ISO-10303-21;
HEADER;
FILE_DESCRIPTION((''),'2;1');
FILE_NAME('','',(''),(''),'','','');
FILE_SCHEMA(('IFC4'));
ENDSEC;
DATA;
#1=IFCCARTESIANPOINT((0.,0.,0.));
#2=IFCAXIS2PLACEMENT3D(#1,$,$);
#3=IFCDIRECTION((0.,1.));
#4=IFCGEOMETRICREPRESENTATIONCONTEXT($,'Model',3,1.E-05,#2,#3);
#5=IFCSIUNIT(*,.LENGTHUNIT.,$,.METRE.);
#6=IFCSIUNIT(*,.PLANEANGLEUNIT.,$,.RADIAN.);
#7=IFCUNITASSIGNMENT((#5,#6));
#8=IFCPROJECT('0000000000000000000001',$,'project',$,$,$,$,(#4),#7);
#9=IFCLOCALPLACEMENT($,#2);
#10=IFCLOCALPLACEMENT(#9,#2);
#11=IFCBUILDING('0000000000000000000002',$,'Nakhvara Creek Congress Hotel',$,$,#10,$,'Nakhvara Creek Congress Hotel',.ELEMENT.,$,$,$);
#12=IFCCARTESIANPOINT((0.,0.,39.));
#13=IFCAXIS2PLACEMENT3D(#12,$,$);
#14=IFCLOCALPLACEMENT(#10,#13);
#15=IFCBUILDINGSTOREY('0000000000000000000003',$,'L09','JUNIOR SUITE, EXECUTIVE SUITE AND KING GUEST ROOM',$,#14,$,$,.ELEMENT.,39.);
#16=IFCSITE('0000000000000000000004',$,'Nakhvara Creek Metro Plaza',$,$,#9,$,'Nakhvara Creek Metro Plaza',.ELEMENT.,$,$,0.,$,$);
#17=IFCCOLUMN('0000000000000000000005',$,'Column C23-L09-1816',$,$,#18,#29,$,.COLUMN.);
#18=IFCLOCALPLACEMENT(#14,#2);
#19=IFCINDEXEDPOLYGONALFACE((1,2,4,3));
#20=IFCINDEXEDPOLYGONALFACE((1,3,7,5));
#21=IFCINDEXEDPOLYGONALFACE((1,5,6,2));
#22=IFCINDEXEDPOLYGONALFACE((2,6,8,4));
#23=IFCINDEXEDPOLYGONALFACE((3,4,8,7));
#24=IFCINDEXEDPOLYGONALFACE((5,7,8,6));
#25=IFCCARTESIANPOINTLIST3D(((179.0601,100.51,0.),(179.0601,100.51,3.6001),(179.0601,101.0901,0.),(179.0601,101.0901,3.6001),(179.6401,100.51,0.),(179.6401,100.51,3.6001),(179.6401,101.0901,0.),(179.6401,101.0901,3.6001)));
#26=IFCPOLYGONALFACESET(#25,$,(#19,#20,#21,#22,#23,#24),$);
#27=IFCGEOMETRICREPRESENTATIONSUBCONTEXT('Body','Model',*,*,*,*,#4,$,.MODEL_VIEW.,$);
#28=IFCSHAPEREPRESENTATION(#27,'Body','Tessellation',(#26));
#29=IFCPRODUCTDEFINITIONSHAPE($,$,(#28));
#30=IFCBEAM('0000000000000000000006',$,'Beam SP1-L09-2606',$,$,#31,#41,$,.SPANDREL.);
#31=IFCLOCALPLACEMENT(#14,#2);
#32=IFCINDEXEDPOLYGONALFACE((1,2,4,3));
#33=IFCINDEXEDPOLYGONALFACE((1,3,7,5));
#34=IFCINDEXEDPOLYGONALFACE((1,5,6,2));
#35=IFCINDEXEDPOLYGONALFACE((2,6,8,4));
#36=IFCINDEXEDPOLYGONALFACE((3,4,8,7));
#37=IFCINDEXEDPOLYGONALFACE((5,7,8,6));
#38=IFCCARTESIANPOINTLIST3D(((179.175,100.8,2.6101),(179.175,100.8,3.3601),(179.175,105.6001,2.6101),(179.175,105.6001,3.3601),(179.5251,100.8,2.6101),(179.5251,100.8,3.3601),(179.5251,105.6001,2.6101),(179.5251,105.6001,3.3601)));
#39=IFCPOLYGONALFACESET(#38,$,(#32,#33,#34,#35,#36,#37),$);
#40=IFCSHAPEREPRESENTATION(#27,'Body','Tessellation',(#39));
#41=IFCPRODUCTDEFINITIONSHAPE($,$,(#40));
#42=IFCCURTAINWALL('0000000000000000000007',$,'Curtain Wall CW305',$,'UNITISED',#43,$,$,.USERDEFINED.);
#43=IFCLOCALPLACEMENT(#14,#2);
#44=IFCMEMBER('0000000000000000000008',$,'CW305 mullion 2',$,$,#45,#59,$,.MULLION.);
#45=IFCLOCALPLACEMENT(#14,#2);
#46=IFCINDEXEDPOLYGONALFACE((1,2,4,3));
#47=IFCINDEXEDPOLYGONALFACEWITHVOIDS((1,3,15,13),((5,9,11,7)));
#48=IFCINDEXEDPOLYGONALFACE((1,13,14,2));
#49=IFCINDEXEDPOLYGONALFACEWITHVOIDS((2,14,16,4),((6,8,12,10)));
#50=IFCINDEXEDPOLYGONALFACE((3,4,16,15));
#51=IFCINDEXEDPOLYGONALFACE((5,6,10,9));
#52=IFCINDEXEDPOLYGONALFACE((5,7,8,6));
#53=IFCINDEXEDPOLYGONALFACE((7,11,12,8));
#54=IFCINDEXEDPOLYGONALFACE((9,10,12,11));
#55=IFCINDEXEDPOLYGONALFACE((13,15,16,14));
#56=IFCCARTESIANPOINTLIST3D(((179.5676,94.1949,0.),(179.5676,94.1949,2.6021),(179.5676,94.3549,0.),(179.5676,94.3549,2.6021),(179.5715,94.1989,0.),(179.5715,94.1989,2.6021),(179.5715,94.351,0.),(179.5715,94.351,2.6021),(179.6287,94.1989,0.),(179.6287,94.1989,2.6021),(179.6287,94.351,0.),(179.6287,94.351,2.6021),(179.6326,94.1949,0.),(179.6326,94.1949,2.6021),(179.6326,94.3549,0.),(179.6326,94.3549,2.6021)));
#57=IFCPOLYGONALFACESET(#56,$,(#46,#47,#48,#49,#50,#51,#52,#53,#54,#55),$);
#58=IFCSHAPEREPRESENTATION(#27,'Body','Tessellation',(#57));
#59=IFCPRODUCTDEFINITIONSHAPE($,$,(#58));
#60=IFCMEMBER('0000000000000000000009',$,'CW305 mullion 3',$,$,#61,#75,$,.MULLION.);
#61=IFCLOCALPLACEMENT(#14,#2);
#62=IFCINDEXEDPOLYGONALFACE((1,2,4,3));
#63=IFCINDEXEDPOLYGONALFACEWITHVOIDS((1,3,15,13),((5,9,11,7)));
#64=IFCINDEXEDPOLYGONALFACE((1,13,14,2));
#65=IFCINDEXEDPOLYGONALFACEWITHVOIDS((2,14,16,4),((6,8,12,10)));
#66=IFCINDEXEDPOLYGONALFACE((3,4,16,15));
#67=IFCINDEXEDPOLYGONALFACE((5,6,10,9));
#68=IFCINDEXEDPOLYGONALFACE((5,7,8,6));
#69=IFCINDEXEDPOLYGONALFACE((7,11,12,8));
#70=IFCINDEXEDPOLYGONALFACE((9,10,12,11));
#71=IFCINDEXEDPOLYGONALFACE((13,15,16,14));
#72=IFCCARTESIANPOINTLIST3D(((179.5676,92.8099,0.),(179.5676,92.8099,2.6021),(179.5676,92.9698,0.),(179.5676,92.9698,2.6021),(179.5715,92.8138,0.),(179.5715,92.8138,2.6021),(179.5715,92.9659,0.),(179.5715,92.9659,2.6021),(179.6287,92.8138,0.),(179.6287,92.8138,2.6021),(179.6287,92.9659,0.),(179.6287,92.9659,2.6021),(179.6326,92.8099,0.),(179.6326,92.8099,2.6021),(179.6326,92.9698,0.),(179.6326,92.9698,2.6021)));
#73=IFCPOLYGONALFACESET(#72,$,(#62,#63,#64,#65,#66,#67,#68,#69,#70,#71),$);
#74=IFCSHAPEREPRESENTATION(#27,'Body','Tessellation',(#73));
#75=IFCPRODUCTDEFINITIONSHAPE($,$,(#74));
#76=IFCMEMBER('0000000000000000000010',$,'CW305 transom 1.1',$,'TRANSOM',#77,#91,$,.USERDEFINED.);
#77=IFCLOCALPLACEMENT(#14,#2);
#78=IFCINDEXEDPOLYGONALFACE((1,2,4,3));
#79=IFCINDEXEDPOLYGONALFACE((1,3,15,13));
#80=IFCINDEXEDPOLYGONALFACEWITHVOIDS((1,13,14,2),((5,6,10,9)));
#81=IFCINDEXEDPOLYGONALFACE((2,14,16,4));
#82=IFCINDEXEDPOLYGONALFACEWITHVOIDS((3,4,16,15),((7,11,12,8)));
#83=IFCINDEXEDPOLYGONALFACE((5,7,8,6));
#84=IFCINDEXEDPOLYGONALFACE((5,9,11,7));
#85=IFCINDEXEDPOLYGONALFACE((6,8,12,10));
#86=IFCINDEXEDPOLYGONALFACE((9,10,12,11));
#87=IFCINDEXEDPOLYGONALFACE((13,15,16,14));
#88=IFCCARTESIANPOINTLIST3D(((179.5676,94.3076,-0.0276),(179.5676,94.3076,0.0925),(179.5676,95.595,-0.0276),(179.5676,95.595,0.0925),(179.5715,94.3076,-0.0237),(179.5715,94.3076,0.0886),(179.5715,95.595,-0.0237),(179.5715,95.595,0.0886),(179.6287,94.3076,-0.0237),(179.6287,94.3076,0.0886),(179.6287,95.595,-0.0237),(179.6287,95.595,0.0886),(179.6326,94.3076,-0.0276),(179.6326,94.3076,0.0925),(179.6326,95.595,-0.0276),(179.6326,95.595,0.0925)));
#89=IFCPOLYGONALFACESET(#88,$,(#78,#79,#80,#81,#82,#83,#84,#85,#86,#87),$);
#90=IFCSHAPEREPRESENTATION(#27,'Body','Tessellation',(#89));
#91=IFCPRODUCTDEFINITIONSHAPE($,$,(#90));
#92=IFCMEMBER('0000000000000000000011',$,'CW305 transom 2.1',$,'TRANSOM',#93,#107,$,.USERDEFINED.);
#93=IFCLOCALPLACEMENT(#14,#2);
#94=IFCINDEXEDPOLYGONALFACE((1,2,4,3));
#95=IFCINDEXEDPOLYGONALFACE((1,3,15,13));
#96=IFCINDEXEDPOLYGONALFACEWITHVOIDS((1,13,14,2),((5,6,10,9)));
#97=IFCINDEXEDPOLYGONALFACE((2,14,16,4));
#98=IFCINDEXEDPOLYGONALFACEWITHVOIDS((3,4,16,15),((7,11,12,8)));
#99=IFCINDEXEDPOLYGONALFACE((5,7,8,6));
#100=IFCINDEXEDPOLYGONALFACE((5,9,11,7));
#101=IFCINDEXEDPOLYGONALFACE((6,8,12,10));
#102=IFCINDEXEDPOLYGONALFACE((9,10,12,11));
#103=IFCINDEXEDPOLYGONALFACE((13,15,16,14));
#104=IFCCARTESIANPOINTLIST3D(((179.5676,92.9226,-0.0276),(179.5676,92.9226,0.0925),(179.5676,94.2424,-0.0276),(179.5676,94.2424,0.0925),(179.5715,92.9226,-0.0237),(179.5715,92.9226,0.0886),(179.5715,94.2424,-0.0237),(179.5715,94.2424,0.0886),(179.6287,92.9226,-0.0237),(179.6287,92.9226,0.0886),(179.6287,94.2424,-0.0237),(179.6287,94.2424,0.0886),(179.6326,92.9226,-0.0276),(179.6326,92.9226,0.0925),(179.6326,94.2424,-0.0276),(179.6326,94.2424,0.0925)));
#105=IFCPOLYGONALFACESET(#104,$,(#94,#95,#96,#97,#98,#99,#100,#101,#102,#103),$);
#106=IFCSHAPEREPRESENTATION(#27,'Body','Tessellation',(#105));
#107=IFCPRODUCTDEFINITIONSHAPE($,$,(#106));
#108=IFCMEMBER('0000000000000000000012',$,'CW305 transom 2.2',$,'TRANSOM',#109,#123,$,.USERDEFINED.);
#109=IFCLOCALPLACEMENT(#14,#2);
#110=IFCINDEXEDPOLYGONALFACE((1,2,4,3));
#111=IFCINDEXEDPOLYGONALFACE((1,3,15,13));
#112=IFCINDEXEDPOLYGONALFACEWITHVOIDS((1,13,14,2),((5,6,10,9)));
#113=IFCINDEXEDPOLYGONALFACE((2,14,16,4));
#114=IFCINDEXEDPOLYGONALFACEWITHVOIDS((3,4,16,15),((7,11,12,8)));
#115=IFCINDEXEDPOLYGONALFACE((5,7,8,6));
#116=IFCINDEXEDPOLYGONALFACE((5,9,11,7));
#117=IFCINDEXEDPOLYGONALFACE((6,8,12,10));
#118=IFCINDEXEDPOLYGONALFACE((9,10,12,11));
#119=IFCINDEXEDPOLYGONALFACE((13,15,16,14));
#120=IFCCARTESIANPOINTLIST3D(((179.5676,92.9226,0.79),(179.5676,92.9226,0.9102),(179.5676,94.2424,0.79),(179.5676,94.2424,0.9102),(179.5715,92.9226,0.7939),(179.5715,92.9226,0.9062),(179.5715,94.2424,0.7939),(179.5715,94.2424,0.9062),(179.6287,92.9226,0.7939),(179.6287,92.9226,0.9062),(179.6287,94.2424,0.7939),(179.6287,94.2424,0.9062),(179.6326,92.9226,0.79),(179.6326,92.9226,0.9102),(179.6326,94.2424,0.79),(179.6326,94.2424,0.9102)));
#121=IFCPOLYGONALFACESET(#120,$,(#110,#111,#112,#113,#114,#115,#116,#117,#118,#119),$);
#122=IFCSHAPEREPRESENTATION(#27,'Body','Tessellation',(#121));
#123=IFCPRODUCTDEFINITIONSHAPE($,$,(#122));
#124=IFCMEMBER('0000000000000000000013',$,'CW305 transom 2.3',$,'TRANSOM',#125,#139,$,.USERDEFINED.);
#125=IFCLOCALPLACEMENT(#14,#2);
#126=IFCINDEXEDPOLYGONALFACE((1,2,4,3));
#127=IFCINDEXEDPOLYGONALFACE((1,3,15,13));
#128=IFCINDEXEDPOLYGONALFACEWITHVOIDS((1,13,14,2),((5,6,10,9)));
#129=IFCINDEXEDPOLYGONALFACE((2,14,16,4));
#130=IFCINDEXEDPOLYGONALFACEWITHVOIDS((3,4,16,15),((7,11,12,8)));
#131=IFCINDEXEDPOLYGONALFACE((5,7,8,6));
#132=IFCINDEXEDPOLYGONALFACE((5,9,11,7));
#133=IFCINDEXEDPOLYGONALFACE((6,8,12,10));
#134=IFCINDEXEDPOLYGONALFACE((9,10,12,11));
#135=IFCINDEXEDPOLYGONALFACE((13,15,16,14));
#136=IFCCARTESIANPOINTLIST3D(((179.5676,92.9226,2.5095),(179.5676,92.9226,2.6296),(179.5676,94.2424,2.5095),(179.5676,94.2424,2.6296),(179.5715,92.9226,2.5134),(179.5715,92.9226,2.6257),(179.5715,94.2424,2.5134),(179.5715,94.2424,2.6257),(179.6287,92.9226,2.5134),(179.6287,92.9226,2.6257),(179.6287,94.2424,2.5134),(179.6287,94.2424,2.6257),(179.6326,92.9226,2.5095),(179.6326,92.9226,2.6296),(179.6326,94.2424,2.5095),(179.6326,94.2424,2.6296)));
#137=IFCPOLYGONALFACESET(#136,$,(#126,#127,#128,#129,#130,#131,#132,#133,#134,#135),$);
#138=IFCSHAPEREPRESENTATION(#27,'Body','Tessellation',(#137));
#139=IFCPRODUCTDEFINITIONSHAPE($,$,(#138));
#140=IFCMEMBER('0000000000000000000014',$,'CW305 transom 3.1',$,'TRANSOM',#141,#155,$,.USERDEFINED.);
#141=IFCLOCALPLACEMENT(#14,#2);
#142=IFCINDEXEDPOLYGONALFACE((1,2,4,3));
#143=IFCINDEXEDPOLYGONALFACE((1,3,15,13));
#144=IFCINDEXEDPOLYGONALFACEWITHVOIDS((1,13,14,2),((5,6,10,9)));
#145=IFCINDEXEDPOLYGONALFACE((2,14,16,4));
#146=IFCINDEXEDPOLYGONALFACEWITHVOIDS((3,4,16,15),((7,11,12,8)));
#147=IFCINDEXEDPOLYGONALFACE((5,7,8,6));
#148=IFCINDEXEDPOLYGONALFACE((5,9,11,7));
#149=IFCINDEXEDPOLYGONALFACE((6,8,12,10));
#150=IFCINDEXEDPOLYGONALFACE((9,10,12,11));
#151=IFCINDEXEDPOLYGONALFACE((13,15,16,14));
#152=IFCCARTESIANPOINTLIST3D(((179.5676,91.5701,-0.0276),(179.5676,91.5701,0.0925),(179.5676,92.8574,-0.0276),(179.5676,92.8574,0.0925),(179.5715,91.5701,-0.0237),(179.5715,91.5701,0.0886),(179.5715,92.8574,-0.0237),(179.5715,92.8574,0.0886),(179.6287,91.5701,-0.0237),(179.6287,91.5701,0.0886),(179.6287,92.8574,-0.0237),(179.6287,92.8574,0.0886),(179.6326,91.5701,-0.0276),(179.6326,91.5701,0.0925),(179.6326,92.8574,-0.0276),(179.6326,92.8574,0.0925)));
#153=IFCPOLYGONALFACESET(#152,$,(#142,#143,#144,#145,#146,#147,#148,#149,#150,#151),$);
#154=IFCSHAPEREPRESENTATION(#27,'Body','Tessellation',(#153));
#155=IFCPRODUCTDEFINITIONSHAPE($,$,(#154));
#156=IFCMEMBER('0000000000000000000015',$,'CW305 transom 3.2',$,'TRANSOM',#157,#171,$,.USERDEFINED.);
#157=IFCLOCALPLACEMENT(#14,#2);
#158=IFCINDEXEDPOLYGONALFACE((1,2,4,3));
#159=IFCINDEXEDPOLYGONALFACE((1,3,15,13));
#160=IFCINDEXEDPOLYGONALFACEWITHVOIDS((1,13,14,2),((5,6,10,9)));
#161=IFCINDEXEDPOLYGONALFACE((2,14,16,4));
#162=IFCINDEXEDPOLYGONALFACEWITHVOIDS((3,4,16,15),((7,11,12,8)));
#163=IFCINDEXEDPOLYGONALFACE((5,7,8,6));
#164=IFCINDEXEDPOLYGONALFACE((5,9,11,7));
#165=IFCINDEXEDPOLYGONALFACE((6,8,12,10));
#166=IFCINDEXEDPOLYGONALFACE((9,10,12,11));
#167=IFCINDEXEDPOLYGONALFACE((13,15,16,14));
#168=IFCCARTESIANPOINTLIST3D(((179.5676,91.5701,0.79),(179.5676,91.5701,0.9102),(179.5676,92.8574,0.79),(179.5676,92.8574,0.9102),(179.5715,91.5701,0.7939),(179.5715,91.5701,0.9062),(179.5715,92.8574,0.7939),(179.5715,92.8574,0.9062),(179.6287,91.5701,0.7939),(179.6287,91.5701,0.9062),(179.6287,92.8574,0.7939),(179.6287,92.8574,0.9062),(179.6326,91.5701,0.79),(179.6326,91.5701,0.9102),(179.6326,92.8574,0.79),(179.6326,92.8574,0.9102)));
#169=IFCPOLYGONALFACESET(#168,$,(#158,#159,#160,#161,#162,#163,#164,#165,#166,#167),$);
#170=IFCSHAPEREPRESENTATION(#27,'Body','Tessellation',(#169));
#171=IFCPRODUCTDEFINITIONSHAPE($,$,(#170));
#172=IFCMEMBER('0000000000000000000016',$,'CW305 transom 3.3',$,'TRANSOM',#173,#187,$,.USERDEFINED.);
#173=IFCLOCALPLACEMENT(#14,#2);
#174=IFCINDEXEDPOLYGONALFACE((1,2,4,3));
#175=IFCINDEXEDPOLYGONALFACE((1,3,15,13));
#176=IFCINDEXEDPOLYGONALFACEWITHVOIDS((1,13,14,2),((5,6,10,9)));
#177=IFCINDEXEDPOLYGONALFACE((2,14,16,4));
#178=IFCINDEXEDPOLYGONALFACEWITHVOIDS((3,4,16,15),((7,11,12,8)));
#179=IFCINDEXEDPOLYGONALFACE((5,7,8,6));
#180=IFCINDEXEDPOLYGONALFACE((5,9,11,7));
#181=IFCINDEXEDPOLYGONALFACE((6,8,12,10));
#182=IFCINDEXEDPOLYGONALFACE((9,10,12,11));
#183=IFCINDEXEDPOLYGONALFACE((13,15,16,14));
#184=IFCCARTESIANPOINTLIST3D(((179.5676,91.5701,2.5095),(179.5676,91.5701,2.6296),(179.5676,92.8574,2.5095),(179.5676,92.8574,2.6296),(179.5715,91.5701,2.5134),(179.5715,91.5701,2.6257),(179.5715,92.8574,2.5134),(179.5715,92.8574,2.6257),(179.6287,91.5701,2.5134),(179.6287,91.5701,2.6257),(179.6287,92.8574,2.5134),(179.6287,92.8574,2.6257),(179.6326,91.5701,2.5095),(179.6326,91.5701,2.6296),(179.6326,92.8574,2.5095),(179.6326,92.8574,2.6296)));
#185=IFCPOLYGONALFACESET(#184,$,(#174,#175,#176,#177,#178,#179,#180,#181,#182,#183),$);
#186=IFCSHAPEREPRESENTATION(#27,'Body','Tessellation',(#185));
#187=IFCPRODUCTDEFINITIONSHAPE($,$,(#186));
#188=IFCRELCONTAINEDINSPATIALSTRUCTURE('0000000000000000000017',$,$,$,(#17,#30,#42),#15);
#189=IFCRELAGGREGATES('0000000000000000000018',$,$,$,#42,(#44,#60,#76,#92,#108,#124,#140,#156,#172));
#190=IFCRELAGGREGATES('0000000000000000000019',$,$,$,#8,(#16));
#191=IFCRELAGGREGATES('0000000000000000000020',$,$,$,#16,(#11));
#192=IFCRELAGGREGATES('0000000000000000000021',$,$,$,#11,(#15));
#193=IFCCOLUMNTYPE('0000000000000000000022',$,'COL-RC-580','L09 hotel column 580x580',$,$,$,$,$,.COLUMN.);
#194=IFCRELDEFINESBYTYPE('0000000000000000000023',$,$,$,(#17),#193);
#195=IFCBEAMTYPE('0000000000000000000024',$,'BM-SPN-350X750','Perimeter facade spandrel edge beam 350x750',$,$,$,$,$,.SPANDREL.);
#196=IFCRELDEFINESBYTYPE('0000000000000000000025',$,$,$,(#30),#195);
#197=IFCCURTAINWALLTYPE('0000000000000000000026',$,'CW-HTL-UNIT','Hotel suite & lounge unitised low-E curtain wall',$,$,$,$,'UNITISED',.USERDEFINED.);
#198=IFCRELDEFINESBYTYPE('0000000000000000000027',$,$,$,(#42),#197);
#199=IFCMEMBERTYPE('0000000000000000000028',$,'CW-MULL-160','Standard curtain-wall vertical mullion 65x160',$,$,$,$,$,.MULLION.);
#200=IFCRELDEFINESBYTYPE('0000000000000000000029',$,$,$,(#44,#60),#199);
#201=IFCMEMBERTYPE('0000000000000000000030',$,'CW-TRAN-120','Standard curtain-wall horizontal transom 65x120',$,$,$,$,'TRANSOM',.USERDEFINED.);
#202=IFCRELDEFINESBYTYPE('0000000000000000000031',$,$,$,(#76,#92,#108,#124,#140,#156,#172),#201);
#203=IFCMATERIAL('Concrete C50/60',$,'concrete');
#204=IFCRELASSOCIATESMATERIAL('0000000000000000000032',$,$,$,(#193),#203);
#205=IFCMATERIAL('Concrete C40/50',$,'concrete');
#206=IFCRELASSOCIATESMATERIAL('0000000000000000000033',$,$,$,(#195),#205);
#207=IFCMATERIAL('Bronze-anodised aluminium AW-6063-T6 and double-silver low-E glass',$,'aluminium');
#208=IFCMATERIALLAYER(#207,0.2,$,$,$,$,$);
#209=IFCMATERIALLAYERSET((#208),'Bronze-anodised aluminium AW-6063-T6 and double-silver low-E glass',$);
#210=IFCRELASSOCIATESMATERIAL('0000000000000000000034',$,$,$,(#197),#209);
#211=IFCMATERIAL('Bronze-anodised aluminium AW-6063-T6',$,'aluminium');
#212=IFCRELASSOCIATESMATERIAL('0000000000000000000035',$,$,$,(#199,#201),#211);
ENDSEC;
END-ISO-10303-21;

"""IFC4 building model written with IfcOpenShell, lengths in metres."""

from ifc_helpers import new_model, si_unit, direction, frame, origin, origin_2d, place, context, subcontext, project, spatial, rectangle, hollow_rectangle, extrude, material, layer, layer_set, material_profile, profile_set, type_object, element, aggregate, save


model = new_model("IFC4")

# Units and contexts
model_context = context("Model", 3, precision=1e-05, world=origin(), true_north=direction((0.0, 1.0)))
body_context = subcontext(model_context, "Body", "Model", "MODEL_VIEW")
ifc_project = project(units=[si_unit("LENGTHUNIT", "METRE"), si_unit("PLANEANGLEUNIT", "RADIAN")], contexts=[model_context])

# Site, building, storey
site_placement = place(None, origin())
site = spatial("IfcSite", under=ifc_project, at=site_placement, Name="Nakhvara Creek Metro Plaza", LongName="Nakhvara Creek Metro Plaza", CompositionType="ELEMENT", RefElevation=0.0)
building_placement = place(site_placement, origin())
building = spatial("IfcBuilding", under=site, at=building_placement, Name="Nakhvara Creek Congress Hotel", LongName="Nakhvara Creek Congress Hotel", CompositionType="ELEMENT")
storey_placement = place(building_placement, frame((0.0, 0.0, 39.0)))
storey = spatial("IfcBuildingStorey", under=building, at=storey_placement, Name="L09", Description="JUNIOR SUITE, EXECUTIVE SUITE AND KING GUEST ROOM", CompositionType="ELEMENT", Elevation=39.0)

# Column
ifc_material_1 = material(Name="Concrete C50/60", Category="concrete")
ifc_material_profile_1 = material_profile(ifc_material_1, rectangle(XDim=0.5801, YDim=0.5801, at=origin_2d()), Name="RC-COL 580x580", Category="LoadBearing")
ifc_profile_set_1 = profile_set([ifc_material_profile_1], Name="Concrete C50/60")
column_type = type_object("IfcColumnType", Name="COL-RC-580", Description="L09 hotel column 580x580", PredefinedType="COLUMN", material=ifc_profile_set_1)
column_placement = place(storey_placement, frame((179.3501, 100.8, 0.0), z_axis=(0.0, 0.0, 1.0), x_axis=(1.0, 0.0, 0.0)))
element("IfcColumn", 1, at=column_placement, inside=storey, type_object=column_type, Name="Column C23-L09-1816", PredefinedType="COLUMN", context=body_context, shape_type="SweptSolid", body=[
    extrude(rectangle(XDim=0.5801, YDim=0.5801, at=origin_2d()), origin(), (0.0, 0.0, 1.0), 3.6001),
])

# Beam
ifc_material_2 = material(Name="Concrete C40/50", Category="concrete")
ifc_material_profile_2 = material_profile(ifc_material_2, rectangle(XDim=0.3501, YDim=0.75, at=origin_2d()), Name="RC-SPANDREL 350x750", Category="LoadBearing")
ifc_profile_set_2 = profile_set([ifc_material_profile_2], Name="Concrete C40/50")
beam_type = type_object("IfcBeamType", Name="BM-SPN-350X750", Description="Perimeter facade spandrel edge beam 350x750", PredefinedType="SPANDREL", material=ifc_profile_set_2)
beam_placement = place(storey_placement, frame((179.3501, 100.8, 2.9851), z_axis=(0.0, 1.0, 0.0), x_axis=(-1.0, 0.0, 0.0)))
element("IfcBeam", 2, at=beam_placement, inside=storey, type_object=beam_type, Name="Beam SP1-L09-2606", PredefinedType="SPANDREL", context=body_context, shape_type="SweptSolid", body=[
    extrude(rectangle(XDim=0.3501, YDim=0.75, at=origin_2d()), origin(), (0.0, 0.0, 1.0), 4.8),
])

# Curtain wall, members
ifc_material_3 = material(Name="Bronze-anodised aluminium AW-6063-T6 and double-silver low-E glass", Category="aluminium")
ifc_layer_1 = layer(ifc_material_3, 0.2)
ifc_layer_set_1 = layer_set([ifc_layer_1], Name="Bronze-anodised aluminium AW-6063-T6 and double-silver low-E glass")
curtain_wall_type = type_object("IfcCurtainWallType", Name="CW-HTL-UNIT", Description="Hotel suite & lounge unitised low-E curtain wall", ElementType="UNITISED", PredefinedType="USERDEFINED", material=ifc_layer_set_1)
curtain_wall_placement = place(storey_placement, origin())
curtain_wall = element("IfcCurtainWall", 3, at=curtain_wall_placement, inside=storey, type_object=curtain_wall_type, Name="Curtain Wall CW305", ObjectType="UNITISED", PredefinedType="USERDEFINED")
ifc_material_4 = material(Name="Bronze-anodised aluminium AW-6063-T6", Category="aluminium")
ifc_material_profile_3 = material_profile(ifc_material_4, hollow_rectangle(XDim=0.0649, YDim=0.1599, WallThickness=0.0039, at=origin_2d()), Name="ALU-MULL 65x160x4", Category="LoadBearing")
ifc_profile_set_3 = profile_set([ifc_material_profile_3], Name="Bronze-anodised aluminium AW-6063-T6")
member_type_1 = type_object("IfcMemberType", Name="CW-MULL-160", Description="Standard curtain-wall vertical mullion 65x160", PredefinedType="MULLION", material=ifc_profile_set_3)
member_1_placement = place(storey_placement, frame((179.6001, 94.2749, 0.0), z_axis=(0.0, 0.0, 1.0), x_axis=(1.0, 0.0, 0.0)))
member_1 = element("IfcMember", 4, at=member_1_placement, type_object=member_type_1, Name="CW305 mullion 2", PredefinedType="MULLION", context=body_context, shape_type="SweptSolid", body=[
    extrude(hollow_rectangle(XDim=0.0649, YDim=0.1599, WallThickness=0.0039, at=origin_2d()), origin(), (0.0, 0.0, 1.0), 2.6021),
])
member_2_placement = place(storey_placement, frame((179.6001, 92.8899, 0.0), z_axis=(0.0, 0.0, 1.0), x_axis=(1.0, 0.0, 0.0)))
member_2 = element("IfcMember", 5, at=member_2_placement, type_object=member_type_1, Name="CW305 mullion 3", PredefinedType="MULLION", context=body_context, shape_type="SweptSolid", body=[
    extrude(hollow_rectangle(XDim=0.0649, YDim=0.1599, WallThickness=0.0039, at=origin_2d()), origin(), (0.0, 0.0, 1.0), 2.6021),
])
ifc_material_profile_4 = material_profile(ifc_material_4, hollow_rectangle(XDim=0.0649, YDim=0.1201, WallThickness=0.0039, at=origin_2d()), Name="ALU-TRAN 65x120x4", Category="LoadBearing")
ifc_profile_set_4 = profile_set([ifc_material_profile_4], Name="Bronze-anodised aluminium AW-6063-T6")
member_type_2 = type_object("IfcMemberType", Name="CW-TRAN-120", Description="Standard curtain-wall horizontal transom 65x120", ElementType="TRANSOM", PredefinedType="USERDEFINED", material=ifc_profile_set_4)
member_3_placement = place(storey_placement, frame((179.6001, 95.595, 0.0325), z_axis=(0.0, -1.0, 0.0), x_axis=(1.0, 0.0, 0.0)))
member_3 = element("IfcMember", 6, at=member_3_placement, type_object=member_type_2, Name="CW305 transom 1.1", ObjectType="TRANSOM", PredefinedType="USERDEFINED", context=body_context, shape_type="SweptSolid", body=[
    extrude(hollow_rectangle(XDim=0.0649, YDim=0.1201, WallThickness=0.0039, at=origin_2d()), origin(), (0.0, 0.0, 1.0), 1.2874),
])
member_4_placement = place(storey_placement, frame((179.6001, 94.2424, 0.0325), z_axis=(0.0, -1.0, 0.0), x_axis=(1.0, 0.0, 0.0)))
member_4 = element("IfcMember", 7, at=member_4_placement, type_object=member_type_2, Name="CW305 transom 2.1", ObjectType="TRANSOM", PredefinedType="USERDEFINED", context=body_context, shape_type="SweptSolid", body=[
    extrude(hollow_rectangle(XDim=0.0649, YDim=0.1201, WallThickness=0.0039, at=origin_2d()), origin(), (0.0, 0.0, 1.0), 1.3198),
])
member_5_placement = place(storey_placement, frame((179.6001, 94.2424, 0.8501), z_axis=(0.0, -1.0, 0.0), x_axis=(1.0, 0.0, 0.0)))
member_5 = element("IfcMember", 8, at=member_5_placement, type_object=member_type_2, Name="CW305 transom 2.2", ObjectType="TRANSOM", PredefinedType="USERDEFINED", context=body_context, shape_type="SweptSolid", body=[
    extrude(hollow_rectangle(XDim=0.0649, YDim=0.1201, WallThickness=0.0039, at=origin_2d()), origin(), (0.0, 0.0, 1.0), 1.3198),
])
member_6_placement = place(storey_placement, frame((179.6001, 94.2424, 2.5696), z_axis=(0.0, -1.0, 0.0), x_axis=(1.0, 0.0, 0.0)))
member_6 = element("IfcMember", 9, at=member_6_placement, type_object=member_type_2, Name="CW305 transom 2.3", ObjectType="TRANSOM", PredefinedType="USERDEFINED", context=body_context, shape_type="SweptSolid", body=[
    extrude(hollow_rectangle(XDim=0.0649, YDim=0.1201, WallThickness=0.0039, at=origin_2d()), origin(), (0.0, 0.0, 1.0), 1.3198),
])
member_7_placement = place(storey_placement, frame((179.6001, 92.8574, 0.0325), z_axis=(0.0, -1.0, 0.0), x_axis=(1.0, 0.0, 0.0)))
member_7 = element("IfcMember", 10, at=member_7_placement, type_object=member_type_2, Name="CW305 transom 3.1", ObjectType="TRANSOM", PredefinedType="USERDEFINED", context=body_context, shape_type="SweptSolid", body=[
    extrude(hollow_rectangle(XDim=0.0649, YDim=0.1201, WallThickness=0.0039, at=origin_2d()), origin(), (0.0, 0.0, 1.0), 1.2874),
])
member_8_placement = place(storey_placement, frame((179.6001, 92.8574, 0.8501), z_axis=(0.0, -1.0, 0.0), x_axis=(1.0, 0.0, 0.0)))
member_8 = element("IfcMember", 11, at=member_8_placement, type_object=member_type_2, Name="CW305 transom 3.2", ObjectType="TRANSOM", PredefinedType="USERDEFINED", context=body_context, shape_type="SweptSolid", body=[
    extrude(hollow_rectangle(XDim=0.0649, YDim=0.1201, WallThickness=0.0039, at=origin_2d()), origin(), (0.0, 0.0, 1.0), 1.2874),
])
member_9_placement = place(storey_placement, frame((179.6001, 92.8574, 2.5696), z_axis=(0.0, -1.0, 0.0), x_axis=(1.0, 0.0, 0.0)))
member_9 = element("IfcMember", 12, at=member_9_placement, type_object=member_type_2, Name="CW305 transom 3.3", ObjectType="TRANSOM", PredefinedType="USERDEFINED", context=body_context, shape_type="SweptSolid", body=[
    extrude(hollow_rectangle(XDim=0.0649, YDim=0.1201, WallThickness=0.0039, at=origin_2d()), origin(), (0.0, 0.0, 1.0), 1.2874),
])
aggregate(curtain_wall, [member_1, member_2, member_3, member_4, member_5, member_6, member_7, member_8, member_9])

save(model, "model.ifc")
